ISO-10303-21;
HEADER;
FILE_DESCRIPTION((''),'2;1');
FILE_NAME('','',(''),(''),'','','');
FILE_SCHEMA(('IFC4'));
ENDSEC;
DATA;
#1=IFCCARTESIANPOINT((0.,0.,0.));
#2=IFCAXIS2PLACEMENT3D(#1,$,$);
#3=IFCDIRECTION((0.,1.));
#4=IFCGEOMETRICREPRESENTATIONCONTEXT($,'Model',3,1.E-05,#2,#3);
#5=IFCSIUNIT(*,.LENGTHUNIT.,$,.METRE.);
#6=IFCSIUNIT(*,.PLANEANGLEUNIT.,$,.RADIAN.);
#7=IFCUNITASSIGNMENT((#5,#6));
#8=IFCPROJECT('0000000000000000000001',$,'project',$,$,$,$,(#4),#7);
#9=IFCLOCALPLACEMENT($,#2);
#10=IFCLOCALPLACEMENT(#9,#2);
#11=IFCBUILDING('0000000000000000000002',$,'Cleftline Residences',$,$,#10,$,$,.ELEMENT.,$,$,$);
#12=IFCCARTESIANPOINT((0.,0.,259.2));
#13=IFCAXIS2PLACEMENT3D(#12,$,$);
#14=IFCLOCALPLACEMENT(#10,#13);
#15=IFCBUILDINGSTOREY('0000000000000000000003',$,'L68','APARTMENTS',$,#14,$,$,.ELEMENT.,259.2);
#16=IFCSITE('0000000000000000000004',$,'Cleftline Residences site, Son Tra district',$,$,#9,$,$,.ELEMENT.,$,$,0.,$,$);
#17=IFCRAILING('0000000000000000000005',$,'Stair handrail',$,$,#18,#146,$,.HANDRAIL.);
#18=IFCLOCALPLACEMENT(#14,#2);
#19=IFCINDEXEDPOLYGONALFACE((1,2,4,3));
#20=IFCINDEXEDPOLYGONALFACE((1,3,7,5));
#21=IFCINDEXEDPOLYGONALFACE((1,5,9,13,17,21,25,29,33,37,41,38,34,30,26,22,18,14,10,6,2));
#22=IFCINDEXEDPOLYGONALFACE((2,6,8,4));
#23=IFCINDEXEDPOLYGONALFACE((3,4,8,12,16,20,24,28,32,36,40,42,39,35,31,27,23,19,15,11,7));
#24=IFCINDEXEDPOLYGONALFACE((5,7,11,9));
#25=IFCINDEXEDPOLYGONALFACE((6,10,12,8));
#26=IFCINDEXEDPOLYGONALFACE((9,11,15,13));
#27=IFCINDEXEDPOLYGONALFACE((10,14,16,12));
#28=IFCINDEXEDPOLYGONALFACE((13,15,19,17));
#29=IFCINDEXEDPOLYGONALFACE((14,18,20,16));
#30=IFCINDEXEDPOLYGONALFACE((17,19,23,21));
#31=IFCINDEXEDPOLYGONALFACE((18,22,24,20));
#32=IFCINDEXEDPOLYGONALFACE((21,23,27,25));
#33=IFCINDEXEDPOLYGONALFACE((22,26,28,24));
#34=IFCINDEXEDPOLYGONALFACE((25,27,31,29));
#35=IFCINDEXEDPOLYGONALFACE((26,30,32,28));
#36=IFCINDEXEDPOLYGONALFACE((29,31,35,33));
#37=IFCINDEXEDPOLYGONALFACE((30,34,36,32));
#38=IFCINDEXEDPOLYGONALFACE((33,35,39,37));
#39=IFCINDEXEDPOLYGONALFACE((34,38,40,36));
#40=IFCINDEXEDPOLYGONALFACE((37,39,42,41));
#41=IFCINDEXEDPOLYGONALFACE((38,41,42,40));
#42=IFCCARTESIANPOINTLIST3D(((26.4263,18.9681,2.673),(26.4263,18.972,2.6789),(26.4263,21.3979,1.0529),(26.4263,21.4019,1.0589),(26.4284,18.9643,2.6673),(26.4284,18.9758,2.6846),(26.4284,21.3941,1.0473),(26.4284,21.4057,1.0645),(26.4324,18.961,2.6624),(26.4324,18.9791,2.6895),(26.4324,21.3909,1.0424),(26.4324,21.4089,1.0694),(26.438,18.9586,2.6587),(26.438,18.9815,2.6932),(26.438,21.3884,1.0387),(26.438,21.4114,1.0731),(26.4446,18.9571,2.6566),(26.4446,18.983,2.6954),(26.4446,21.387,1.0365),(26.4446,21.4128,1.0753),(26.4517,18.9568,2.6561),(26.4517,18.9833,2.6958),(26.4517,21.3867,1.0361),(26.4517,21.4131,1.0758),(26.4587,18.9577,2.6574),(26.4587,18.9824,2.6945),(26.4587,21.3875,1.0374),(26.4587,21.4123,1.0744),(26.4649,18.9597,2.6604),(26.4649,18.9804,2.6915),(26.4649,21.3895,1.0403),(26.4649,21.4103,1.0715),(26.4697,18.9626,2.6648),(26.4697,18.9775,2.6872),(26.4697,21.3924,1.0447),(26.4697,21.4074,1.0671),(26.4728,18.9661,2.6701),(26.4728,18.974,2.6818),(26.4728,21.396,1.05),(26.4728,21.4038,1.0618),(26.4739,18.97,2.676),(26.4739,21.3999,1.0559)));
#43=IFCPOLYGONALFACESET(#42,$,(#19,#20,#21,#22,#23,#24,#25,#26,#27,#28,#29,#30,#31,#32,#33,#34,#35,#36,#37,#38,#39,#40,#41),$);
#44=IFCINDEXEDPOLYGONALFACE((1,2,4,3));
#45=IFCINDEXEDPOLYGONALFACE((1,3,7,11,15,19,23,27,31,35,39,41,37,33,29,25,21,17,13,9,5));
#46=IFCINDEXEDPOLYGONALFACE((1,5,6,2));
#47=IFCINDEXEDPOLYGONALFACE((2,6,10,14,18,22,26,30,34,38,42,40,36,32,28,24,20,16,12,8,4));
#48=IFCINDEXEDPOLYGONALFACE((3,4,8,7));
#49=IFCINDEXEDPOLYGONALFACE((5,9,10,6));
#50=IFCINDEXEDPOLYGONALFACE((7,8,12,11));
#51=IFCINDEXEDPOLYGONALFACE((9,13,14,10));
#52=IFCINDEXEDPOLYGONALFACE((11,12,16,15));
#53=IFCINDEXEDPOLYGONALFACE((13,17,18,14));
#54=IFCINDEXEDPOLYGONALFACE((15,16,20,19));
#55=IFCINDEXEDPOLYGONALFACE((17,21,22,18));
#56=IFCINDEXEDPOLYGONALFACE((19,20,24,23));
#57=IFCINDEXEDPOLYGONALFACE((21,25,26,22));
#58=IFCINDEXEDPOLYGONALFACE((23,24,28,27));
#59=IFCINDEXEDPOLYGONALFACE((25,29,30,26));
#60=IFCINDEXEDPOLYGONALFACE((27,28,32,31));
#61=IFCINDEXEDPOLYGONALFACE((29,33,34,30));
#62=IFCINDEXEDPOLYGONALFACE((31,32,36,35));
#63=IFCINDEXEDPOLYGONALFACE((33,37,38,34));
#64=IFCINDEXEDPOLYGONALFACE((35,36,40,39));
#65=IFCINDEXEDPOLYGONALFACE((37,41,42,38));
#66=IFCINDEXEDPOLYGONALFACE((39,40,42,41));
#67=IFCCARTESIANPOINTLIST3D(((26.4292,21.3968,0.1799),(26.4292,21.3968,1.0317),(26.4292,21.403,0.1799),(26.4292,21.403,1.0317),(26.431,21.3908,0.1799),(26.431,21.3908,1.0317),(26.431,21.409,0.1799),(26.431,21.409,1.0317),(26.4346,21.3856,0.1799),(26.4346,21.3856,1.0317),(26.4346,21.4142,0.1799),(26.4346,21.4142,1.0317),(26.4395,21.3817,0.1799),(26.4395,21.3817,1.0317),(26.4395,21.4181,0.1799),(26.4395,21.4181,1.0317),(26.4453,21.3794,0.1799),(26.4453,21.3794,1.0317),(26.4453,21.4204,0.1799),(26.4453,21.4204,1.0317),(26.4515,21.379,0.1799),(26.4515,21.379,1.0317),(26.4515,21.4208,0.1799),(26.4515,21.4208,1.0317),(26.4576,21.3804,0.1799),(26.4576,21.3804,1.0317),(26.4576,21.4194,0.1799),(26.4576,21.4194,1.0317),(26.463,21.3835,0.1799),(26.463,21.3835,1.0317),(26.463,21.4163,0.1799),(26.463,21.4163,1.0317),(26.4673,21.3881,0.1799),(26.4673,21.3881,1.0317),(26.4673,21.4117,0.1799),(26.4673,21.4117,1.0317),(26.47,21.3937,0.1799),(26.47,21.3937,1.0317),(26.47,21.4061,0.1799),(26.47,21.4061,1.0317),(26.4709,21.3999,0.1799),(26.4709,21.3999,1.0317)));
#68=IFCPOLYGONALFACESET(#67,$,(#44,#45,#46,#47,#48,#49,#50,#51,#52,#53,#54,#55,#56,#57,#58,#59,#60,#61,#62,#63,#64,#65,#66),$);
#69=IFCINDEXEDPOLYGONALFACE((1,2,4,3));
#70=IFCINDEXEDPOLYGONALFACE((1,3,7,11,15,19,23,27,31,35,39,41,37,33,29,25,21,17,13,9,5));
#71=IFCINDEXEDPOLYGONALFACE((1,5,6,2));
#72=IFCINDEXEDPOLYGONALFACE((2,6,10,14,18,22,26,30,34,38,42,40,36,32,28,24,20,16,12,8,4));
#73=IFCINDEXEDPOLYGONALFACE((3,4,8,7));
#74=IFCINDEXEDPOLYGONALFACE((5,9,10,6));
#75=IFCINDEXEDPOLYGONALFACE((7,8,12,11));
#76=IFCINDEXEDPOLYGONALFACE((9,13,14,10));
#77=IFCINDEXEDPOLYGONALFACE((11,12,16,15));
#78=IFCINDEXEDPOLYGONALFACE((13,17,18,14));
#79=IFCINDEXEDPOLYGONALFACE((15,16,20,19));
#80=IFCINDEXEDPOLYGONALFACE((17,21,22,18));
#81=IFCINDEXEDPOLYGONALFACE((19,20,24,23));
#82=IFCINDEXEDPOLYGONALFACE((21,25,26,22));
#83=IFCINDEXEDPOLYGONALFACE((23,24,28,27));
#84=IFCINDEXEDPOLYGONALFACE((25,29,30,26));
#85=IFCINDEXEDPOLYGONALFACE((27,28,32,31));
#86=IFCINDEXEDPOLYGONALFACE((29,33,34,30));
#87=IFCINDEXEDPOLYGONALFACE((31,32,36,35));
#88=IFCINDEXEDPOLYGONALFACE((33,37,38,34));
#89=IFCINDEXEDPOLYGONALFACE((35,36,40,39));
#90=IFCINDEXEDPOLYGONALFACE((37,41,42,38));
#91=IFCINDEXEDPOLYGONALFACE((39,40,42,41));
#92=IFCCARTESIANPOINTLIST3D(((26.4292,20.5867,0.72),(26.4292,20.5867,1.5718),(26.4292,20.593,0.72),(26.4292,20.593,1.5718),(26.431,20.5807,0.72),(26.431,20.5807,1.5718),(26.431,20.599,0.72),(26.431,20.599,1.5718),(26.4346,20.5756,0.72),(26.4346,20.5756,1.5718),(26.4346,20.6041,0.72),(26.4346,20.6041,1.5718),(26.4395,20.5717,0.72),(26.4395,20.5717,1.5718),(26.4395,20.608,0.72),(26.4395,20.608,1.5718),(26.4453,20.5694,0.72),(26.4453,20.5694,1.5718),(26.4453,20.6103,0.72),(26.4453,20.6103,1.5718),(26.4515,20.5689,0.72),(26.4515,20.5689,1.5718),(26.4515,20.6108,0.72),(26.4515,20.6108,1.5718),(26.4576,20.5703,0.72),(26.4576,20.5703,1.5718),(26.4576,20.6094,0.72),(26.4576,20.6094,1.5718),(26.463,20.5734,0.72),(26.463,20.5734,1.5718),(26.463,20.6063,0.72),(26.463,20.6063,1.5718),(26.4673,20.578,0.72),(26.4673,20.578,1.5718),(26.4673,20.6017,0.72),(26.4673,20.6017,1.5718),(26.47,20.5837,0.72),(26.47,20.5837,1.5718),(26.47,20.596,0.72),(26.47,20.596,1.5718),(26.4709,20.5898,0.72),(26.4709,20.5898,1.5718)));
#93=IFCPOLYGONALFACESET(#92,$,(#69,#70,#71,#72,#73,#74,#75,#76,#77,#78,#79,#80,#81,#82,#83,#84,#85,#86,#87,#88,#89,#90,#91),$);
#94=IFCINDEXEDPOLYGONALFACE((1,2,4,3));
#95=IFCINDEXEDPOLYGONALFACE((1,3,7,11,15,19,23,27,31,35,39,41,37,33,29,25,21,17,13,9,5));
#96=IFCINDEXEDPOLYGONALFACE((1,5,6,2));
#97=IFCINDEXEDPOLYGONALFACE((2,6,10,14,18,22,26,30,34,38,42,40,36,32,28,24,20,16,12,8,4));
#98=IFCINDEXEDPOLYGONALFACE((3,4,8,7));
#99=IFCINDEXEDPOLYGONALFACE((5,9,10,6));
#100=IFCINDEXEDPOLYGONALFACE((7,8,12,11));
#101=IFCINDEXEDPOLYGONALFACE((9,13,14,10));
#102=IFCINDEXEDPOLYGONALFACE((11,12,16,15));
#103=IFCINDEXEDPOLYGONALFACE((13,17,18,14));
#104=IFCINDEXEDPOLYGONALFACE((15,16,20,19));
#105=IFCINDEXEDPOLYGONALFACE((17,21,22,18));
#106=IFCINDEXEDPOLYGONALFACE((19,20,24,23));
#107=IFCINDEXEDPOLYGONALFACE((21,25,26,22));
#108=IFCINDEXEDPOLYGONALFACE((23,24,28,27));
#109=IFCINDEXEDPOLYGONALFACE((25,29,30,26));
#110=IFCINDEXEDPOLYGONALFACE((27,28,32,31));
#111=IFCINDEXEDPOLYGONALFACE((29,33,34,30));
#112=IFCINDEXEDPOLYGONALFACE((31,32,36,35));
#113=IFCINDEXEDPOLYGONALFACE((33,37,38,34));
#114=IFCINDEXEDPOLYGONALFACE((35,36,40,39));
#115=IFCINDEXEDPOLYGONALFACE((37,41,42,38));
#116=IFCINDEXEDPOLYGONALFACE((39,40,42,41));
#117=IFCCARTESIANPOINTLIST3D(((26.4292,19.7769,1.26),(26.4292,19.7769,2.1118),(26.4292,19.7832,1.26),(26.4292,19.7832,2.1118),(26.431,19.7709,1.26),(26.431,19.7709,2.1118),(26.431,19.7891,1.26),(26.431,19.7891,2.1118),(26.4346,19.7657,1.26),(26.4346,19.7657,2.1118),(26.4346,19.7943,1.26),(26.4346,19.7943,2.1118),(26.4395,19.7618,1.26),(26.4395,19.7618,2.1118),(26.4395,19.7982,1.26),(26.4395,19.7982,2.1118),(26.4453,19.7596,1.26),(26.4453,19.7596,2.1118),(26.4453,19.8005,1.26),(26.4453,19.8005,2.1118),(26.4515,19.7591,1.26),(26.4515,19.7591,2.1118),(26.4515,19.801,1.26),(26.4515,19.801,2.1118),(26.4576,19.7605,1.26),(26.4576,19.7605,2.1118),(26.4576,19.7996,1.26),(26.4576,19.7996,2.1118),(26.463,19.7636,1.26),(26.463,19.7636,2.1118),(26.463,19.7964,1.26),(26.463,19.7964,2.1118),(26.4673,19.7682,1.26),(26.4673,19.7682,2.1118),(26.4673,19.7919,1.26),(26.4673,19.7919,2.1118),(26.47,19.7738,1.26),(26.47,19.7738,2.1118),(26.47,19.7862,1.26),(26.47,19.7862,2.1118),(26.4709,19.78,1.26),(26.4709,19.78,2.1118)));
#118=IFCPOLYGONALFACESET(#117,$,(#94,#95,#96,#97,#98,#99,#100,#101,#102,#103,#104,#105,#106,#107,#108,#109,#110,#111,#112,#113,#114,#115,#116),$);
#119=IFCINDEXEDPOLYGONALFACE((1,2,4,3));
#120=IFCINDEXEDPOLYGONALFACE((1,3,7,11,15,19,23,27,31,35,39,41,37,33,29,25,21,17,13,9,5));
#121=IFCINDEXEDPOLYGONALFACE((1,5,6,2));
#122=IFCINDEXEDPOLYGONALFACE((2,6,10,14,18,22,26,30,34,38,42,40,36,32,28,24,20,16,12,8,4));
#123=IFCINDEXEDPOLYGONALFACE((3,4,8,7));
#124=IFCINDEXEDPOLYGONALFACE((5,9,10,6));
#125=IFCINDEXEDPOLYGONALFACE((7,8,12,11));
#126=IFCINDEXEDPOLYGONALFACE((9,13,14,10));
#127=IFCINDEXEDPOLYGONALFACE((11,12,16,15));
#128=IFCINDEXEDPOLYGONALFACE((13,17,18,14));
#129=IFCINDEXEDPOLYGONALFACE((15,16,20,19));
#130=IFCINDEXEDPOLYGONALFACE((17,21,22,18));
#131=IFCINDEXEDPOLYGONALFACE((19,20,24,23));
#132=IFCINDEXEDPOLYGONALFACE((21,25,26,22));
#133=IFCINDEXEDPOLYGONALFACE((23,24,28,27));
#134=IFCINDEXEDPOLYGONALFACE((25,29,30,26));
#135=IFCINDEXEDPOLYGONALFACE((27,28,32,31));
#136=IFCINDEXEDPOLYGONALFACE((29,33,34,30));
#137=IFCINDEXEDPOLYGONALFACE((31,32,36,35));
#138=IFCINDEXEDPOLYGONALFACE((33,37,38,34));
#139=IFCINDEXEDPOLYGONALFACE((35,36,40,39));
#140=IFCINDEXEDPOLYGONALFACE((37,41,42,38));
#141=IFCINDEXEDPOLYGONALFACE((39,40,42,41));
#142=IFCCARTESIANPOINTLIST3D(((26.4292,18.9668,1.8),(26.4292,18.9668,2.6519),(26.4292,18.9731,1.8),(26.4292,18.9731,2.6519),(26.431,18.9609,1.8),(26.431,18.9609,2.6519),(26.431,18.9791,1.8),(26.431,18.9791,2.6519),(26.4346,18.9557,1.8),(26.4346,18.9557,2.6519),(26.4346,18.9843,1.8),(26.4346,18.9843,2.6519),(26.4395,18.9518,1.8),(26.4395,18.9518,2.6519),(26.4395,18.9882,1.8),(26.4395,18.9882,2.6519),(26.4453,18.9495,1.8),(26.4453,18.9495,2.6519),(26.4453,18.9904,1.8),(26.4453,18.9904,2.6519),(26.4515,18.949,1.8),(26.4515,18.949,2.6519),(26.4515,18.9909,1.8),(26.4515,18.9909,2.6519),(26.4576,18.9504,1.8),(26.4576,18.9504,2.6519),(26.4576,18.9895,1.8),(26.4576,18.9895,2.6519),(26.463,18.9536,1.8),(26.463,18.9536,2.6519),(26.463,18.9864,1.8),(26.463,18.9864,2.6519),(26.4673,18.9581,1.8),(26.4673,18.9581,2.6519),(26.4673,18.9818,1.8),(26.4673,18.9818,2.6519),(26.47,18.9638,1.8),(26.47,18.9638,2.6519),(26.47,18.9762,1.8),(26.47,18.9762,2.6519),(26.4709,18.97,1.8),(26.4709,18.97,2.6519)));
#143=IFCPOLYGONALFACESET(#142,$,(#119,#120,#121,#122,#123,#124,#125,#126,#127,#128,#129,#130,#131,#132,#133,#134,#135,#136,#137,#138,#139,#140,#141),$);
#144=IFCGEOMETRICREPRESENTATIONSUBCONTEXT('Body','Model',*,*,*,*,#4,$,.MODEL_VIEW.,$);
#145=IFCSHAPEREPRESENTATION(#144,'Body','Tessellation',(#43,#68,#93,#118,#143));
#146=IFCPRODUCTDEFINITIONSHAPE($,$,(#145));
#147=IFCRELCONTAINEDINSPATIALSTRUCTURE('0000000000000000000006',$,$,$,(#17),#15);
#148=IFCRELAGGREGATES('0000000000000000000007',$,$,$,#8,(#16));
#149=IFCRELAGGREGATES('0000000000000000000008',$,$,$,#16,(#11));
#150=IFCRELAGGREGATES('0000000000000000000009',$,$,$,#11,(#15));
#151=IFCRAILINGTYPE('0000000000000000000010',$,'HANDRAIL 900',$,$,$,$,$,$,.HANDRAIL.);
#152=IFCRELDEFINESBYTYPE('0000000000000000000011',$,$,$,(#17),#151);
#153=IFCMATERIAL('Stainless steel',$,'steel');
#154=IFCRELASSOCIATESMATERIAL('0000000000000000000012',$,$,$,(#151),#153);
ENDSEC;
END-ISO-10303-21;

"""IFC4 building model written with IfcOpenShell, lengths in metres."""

from ifc_helpers import new_model, si_unit, direction, frame, origin, origin_2d, place, context, subcontext, project, spatial, circle, extrude, material, type_object, element, save


model = new_model("IFC4")

# Units and contexts
model_context = context("Model", 3, precision=1e-05, world=origin(), true_north=direction((0.0, 1.0)))
body_context = subcontext(model_context, "Body", "Model", "MODEL_VIEW")
ifc_project = project(units=[si_unit("LENGTHUNIT", "METRE"), si_unit("PLANEANGLEUNIT", "RADIAN")], contexts=[model_context])

# Site, building, storey
site_placement = place(None, origin())
site = spatial("IfcSite", under=ifc_project, at=site_placement, Name="Cleftline Residences site, Son Tra district", CompositionType="ELEMENT", RefElevation=0.0)
building_placement = place(site_placement, origin())
building = spatial("IfcBuilding", under=site, at=building_placement, Name="Cleftline Residences", CompositionType="ELEMENT")
storey_placement = place(building_placement, frame((0.0, 0.0, 259.2)))
storey = spatial("IfcBuildingStorey", under=building, at=storey_placement, Name="L68", Description="APARTMENTS", CompositionType="ELEMENT", Elevation=259.2)

# Railing
ifc_material_1 = material(Name="Stainless steel", Category="steel")
railing_type = type_object("IfcRailingType", Name="HANDRAIL 900", PredefinedType="HANDRAIL", material=ifc_material_1)
railing_1_placement = place(storey_placement, frame((26.45, 21.3999, 0.1799)))
element("IfcRailing", 1, at=railing_1_placement, inside=storey, type_object=railing_type, Name="Stair handrail", PredefinedType="HANDRAIL", context=body_context, shape_type="SweptSolid", body=[
    extrude(circle(Radius=0.0239, at=origin_2d()), frame((0.0, 0.0, 0.876), z_axis=(0.0, -0.832025, 0.554739), x_axis=(1.0, 0.0, 0.0)), (0.0, 0.0, 1.0), 2.9204),
    extrude(circle(Radius=0.021, at=origin_2d()), origin(), (0.0, 0.0, 1.0), 0.8518),
    extrude(circle(Radius=0.021, at=origin_2d()), frame((0.0, -0.8101, 0.54)), (0.0, 0.0, 1.0), 0.8518),
    extrude(circle(Radius=0.021, at=origin_2d()), frame((0.0, -1.6199, 1.0801)), (0.0, 0.0, 1.0), 0.8518),
    extrude(circle(Radius=0.021, at=origin_2d()), frame((0.0, -2.4299, 1.6201)), (0.0, 0.0, 1.0), 0.8518),
])

save(model, "model.ifc")
